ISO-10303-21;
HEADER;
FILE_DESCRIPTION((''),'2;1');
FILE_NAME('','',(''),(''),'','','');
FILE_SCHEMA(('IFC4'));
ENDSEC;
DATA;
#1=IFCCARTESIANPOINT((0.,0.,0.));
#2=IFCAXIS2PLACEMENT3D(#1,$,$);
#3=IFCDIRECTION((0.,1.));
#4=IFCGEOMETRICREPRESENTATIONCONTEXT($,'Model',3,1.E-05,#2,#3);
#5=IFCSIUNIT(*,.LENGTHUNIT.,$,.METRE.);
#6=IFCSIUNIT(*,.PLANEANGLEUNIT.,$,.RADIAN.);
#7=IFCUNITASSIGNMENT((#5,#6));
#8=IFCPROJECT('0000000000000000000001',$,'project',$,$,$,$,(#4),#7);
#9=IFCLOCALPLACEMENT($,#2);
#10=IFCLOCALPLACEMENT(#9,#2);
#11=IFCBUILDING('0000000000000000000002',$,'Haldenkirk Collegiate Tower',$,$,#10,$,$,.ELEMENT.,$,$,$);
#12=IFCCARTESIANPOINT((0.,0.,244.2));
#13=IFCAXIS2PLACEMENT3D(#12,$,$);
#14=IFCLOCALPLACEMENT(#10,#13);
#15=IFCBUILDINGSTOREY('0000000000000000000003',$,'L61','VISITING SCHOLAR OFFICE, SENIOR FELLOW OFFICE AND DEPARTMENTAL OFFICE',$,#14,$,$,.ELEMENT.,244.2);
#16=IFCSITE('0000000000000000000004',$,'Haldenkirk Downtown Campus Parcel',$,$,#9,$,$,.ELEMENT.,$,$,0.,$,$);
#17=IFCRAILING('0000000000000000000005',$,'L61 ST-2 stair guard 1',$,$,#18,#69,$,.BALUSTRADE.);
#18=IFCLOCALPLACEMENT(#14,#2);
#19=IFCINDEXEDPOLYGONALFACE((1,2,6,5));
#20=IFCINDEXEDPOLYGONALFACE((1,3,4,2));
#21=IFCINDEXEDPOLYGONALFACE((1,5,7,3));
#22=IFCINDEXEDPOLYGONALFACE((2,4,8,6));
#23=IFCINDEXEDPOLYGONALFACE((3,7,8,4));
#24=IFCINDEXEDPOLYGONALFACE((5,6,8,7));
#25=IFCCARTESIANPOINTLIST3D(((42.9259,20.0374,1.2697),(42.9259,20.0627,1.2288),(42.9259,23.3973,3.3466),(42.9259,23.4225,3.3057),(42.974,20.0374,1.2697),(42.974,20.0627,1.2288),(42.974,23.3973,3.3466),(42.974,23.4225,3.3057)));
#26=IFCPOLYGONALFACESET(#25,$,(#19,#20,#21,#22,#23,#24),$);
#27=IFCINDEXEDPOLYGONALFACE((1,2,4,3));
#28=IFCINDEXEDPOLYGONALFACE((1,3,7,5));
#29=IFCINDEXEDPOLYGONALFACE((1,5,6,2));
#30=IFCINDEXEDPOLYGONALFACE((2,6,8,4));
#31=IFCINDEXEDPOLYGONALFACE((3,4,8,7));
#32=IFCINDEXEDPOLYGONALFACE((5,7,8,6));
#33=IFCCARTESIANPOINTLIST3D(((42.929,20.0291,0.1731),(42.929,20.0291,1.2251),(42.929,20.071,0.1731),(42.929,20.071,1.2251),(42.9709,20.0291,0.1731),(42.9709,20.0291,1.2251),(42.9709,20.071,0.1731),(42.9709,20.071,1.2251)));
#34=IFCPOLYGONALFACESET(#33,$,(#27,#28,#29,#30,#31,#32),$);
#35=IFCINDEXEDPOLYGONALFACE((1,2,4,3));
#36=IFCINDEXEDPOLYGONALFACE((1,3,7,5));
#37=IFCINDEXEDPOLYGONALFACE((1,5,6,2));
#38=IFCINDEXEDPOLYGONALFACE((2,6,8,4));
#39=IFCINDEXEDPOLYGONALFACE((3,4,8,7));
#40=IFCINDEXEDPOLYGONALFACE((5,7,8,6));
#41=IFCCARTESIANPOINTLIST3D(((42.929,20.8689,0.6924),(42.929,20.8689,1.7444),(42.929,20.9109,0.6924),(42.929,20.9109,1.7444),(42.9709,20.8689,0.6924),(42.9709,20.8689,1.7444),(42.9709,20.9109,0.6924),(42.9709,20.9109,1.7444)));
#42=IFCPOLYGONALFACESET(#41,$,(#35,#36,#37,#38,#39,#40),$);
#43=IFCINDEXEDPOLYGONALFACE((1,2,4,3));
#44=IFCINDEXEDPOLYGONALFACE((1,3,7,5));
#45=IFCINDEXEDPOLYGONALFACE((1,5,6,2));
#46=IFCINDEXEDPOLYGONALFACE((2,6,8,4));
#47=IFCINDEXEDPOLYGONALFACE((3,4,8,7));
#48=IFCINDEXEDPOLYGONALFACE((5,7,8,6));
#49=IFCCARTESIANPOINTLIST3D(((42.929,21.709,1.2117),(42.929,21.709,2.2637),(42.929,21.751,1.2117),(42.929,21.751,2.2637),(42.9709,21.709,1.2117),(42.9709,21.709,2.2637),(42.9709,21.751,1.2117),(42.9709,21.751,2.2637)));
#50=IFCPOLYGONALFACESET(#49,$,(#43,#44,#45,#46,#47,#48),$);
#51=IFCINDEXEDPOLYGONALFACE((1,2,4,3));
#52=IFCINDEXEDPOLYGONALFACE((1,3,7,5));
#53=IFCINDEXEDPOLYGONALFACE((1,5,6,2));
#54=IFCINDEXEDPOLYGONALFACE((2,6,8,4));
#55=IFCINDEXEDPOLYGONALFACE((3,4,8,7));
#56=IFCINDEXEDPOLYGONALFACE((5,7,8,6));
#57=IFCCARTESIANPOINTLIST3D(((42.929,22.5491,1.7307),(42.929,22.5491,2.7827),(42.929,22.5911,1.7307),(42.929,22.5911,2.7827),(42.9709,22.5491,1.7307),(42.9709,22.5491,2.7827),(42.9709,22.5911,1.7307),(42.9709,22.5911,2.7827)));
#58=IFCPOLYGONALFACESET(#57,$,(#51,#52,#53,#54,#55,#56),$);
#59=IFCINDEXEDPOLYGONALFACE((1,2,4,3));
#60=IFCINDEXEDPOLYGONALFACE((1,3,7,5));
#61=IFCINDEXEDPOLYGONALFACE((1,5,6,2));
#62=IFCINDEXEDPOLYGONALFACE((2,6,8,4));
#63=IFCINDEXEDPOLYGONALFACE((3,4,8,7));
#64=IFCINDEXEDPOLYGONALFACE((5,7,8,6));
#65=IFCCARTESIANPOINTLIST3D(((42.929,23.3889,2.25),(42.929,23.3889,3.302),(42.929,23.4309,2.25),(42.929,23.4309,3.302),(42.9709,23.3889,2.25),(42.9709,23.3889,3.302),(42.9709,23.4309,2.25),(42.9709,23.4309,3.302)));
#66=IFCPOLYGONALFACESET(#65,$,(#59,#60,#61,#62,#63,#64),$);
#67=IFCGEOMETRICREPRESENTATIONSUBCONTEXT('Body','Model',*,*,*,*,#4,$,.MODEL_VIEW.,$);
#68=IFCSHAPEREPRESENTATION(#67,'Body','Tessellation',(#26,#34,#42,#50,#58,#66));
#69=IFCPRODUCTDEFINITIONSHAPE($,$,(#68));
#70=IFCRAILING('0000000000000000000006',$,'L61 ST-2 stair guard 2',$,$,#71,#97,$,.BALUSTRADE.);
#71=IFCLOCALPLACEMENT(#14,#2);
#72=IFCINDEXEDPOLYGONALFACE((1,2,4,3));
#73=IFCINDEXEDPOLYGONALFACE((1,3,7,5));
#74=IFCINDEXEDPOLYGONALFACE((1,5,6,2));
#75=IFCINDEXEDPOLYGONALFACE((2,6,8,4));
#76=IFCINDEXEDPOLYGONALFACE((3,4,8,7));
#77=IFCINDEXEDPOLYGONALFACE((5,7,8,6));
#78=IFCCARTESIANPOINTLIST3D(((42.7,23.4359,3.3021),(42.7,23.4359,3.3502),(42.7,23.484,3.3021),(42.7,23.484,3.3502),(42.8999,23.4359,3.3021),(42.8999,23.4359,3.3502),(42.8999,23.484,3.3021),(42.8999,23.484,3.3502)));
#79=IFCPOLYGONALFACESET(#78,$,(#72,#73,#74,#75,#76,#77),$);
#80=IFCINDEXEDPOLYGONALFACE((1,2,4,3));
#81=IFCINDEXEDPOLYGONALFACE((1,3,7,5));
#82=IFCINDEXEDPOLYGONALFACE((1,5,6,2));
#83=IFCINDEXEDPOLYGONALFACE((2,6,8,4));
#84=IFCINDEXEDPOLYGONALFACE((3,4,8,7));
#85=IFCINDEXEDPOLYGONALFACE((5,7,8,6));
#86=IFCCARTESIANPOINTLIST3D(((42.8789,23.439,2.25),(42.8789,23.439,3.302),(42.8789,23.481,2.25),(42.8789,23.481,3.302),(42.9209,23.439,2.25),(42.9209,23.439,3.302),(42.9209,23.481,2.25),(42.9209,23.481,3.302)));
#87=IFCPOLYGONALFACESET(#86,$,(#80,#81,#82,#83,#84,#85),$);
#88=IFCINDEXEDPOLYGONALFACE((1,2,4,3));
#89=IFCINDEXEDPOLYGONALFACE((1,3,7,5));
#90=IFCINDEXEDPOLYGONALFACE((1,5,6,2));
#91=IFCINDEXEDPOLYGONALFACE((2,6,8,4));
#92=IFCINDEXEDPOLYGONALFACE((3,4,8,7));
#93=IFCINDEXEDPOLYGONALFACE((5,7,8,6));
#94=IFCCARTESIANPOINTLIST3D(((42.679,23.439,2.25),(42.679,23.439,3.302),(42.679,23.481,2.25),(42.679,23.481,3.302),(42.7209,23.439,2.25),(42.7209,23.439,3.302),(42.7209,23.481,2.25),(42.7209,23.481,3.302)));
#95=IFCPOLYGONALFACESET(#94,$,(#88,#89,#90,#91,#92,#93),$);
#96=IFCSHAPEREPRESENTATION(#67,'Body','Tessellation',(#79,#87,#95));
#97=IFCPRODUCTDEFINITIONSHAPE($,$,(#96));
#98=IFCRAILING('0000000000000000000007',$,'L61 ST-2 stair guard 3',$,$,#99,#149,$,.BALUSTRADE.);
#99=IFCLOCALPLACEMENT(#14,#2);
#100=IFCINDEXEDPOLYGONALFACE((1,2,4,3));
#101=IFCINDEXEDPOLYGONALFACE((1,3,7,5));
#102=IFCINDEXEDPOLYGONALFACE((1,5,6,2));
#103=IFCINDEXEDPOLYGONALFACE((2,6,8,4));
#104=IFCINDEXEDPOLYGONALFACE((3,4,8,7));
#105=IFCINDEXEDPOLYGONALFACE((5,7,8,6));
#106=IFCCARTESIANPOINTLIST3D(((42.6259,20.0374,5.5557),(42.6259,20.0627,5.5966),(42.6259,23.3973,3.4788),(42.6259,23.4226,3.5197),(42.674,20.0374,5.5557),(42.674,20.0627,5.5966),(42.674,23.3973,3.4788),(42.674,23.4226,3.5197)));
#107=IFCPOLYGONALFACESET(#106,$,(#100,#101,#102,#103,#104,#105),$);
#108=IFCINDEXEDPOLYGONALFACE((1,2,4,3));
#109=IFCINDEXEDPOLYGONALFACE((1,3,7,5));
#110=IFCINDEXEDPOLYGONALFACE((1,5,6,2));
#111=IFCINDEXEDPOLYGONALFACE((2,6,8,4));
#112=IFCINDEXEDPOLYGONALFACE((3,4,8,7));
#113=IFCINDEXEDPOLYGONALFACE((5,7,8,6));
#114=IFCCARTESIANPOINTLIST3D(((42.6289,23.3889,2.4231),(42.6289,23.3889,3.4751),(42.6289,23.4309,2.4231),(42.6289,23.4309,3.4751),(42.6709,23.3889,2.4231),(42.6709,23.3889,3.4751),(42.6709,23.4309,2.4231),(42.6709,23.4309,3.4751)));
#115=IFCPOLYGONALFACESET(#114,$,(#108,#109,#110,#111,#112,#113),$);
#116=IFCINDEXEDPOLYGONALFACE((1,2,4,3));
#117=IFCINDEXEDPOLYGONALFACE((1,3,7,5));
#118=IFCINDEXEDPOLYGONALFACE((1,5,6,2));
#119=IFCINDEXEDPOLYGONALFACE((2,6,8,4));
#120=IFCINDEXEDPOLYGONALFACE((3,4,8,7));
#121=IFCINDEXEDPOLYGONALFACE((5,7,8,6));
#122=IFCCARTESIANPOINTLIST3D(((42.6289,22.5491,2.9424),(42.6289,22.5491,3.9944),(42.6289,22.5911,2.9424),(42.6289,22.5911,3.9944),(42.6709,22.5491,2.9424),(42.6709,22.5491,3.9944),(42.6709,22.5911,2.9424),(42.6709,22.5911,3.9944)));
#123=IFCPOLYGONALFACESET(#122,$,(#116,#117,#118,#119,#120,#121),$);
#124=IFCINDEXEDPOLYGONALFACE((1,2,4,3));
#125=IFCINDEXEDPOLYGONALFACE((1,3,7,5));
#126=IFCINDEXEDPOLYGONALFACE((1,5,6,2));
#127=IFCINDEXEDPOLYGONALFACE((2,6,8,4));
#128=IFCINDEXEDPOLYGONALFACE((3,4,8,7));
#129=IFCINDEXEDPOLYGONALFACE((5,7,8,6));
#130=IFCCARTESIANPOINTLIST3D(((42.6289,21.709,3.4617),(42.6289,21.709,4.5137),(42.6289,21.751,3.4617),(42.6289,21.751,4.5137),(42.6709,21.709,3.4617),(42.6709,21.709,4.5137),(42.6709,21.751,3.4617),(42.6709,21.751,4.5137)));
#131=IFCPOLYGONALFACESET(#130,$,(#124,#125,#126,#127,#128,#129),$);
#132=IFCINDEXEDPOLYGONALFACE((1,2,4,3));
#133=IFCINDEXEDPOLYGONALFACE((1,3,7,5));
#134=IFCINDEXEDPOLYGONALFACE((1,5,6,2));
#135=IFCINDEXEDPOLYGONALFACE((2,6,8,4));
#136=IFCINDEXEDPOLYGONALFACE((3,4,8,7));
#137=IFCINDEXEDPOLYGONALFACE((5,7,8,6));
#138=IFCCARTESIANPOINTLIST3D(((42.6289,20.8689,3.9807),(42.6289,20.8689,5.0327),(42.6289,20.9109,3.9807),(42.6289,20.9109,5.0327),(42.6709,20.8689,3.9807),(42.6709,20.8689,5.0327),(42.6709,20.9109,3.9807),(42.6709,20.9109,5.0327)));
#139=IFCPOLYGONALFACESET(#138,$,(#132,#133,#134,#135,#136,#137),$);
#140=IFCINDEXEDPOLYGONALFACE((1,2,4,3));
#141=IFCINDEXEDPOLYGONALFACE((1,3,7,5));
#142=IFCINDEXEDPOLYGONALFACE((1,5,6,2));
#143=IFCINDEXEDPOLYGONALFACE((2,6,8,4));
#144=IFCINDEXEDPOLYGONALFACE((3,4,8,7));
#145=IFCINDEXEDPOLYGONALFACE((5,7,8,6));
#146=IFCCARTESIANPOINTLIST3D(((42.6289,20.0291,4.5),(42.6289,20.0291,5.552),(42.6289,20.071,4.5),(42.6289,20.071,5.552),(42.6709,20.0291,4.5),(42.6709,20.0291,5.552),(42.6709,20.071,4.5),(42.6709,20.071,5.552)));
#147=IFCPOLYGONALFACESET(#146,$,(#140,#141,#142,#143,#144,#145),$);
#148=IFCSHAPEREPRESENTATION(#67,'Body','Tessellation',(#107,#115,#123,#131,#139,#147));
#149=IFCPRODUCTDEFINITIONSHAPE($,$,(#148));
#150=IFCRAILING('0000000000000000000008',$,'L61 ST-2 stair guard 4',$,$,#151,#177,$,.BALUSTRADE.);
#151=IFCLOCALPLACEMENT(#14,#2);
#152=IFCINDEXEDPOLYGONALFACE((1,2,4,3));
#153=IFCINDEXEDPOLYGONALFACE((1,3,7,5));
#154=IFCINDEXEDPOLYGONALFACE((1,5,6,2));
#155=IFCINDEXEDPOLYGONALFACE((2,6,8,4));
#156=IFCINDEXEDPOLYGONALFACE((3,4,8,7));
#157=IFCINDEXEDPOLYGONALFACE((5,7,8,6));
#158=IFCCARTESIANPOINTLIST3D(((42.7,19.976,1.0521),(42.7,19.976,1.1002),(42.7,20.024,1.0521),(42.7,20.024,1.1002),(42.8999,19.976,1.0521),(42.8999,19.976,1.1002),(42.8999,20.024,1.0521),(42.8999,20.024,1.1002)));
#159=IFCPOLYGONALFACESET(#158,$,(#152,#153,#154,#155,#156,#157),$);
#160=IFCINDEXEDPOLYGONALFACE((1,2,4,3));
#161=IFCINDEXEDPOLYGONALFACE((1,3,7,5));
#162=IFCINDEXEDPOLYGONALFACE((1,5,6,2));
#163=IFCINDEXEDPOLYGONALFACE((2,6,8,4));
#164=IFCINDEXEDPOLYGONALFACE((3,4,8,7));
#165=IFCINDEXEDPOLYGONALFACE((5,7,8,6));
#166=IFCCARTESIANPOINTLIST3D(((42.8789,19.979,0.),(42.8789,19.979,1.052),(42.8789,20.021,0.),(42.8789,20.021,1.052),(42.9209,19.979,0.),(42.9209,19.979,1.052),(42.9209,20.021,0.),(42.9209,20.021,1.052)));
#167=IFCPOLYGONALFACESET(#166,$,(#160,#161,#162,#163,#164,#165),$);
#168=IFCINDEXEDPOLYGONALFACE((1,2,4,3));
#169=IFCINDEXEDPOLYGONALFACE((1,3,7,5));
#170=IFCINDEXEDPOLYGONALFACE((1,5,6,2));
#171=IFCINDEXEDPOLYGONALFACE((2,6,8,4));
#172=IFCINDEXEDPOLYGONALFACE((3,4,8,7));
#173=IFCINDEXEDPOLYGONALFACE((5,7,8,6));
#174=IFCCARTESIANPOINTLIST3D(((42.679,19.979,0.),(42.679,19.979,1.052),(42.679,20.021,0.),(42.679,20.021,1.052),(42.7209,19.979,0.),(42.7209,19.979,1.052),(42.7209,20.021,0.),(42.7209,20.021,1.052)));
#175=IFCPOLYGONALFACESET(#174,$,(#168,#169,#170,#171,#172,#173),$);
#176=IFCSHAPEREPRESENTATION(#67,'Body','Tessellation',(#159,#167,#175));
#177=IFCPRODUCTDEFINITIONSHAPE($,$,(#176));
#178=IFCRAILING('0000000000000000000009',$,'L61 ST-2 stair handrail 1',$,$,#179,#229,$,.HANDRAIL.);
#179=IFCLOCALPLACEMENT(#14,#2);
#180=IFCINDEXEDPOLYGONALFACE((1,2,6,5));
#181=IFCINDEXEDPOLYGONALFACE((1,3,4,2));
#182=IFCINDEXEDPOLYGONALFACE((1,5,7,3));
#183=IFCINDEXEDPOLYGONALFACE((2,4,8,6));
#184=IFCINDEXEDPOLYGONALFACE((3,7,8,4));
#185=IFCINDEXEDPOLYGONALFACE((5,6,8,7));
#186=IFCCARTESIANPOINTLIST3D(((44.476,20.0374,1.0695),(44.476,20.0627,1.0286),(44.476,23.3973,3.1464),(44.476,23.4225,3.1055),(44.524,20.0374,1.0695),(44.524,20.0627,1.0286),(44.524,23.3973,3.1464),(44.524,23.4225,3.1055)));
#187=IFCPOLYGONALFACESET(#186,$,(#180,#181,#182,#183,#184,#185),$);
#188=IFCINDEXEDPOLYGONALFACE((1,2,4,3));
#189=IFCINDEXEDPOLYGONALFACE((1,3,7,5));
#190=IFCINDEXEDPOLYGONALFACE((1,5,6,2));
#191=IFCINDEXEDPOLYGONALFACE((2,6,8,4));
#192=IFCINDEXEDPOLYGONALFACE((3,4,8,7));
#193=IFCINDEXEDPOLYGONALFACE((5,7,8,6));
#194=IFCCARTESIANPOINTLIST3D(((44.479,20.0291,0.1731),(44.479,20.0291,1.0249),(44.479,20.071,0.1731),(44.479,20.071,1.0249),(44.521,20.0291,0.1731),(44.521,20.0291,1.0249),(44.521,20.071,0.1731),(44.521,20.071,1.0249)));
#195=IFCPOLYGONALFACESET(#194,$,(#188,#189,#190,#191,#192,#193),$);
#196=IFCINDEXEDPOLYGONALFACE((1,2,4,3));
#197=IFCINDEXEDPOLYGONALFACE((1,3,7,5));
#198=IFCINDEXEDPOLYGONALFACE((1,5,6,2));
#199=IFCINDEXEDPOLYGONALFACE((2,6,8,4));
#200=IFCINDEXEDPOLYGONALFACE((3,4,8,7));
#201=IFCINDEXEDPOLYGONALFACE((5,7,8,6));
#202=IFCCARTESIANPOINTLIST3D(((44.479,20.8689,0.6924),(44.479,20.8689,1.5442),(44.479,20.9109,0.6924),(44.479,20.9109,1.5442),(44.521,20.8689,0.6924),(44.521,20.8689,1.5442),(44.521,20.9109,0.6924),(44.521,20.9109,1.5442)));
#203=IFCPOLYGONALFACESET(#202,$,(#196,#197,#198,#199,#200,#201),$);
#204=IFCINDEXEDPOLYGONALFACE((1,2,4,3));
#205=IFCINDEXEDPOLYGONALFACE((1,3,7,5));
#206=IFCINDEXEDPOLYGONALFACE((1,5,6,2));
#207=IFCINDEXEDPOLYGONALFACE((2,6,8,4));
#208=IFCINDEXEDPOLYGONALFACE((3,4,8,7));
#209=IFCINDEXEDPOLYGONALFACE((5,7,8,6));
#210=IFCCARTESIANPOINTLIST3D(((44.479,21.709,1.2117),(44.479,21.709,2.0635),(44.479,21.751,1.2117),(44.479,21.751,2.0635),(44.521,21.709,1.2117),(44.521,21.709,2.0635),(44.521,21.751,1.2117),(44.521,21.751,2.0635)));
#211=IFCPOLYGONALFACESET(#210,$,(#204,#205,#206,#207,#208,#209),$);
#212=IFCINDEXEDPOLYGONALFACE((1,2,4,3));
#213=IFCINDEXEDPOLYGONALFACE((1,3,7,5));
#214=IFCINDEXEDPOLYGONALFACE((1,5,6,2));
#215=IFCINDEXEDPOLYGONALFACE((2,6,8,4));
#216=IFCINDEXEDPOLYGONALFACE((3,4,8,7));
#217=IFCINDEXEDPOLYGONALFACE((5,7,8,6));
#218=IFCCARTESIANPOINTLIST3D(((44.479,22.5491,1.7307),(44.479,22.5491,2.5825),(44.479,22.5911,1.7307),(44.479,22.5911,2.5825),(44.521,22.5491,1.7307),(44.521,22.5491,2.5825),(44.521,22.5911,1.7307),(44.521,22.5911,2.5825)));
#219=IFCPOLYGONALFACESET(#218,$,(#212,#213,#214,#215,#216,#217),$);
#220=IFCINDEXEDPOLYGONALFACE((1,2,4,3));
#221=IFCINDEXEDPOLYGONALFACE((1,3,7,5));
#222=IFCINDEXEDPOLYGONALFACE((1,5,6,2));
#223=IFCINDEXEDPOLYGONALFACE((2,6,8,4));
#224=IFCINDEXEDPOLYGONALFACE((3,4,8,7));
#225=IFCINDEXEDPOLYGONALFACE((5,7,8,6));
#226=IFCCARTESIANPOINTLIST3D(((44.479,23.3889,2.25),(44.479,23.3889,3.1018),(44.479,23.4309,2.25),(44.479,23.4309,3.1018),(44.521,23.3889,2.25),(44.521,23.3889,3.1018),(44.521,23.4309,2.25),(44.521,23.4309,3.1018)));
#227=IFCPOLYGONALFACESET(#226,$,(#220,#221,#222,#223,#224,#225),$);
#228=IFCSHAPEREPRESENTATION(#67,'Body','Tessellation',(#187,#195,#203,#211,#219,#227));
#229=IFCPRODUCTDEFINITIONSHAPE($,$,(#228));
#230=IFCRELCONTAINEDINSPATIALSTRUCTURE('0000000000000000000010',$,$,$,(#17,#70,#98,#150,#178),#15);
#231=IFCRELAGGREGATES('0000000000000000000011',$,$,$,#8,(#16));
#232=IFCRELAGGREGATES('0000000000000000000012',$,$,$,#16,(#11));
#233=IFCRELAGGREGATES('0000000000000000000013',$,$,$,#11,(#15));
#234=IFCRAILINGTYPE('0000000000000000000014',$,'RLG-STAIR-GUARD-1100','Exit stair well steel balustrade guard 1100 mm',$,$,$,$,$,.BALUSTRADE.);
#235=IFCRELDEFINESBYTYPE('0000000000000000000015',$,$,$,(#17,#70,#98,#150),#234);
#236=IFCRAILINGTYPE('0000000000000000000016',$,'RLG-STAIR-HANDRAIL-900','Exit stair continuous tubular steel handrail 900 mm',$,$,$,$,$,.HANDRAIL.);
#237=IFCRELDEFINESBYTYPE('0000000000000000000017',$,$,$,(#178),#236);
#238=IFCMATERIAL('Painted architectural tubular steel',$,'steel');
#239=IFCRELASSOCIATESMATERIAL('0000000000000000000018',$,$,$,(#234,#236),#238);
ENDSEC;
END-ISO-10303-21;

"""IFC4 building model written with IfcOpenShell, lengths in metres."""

from ifc_helpers import new_model, si_unit, direction, frame, origin, origin_2d, place, context, subcontext, project, spatial, rectangle, extrude, material, type_object, element, save


model = new_model("IFC4")

# Units and contexts
model_context = context("Model", 3, precision=1e-05, world=origin(), true_north=direction((0.0, 1.0)))
body_context = subcontext(model_context, "Body", "Model", "MODEL_VIEW")
ifc_project = project(units=[si_unit("LENGTHUNIT", "METRE"), si_unit("PLANEANGLEUNIT", "RADIAN")], contexts=[model_context])

# Site, building, storey
site_placement = place(None, origin())
site = spatial("IfcSite", under=ifc_project, at=site_placement, Name="Haldenkirk Downtown Campus Parcel", CompositionType="ELEMENT", RefElevation=0.0)
building_placement = place(site_placement, origin())
building = spatial("IfcBuilding", under=site, at=building_placement, Name="Haldenkirk Collegiate Tower", CompositionType="ELEMENT")
storey_placement = place(building_placement, frame((0.0, 0.0, 244.2)))
storey = spatial("IfcBuildingStorey", under=building, at=storey_placement, Name="L61", Description="VISITING SCHOLAR OFFICE, SENIOR FELLOW OFFICE AND DEPARTMENTAL OFFICE", CompositionType="ELEMENT", Elevation=244.2)

# Railings
ifc_material_1 = material(Name="Painted architectural tubular steel", Category="steel")
railing_type_1 = type_object("IfcRailingType", Name="RLG-STAIR-GUARD-1100", Description="Exit stair well steel balustrade guard 1100 mm", PredefinedType="BALUSTRADE", material=ifc_material_1)
railing_1_placement = place(storey_placement, frame((42.95, 20.05, 0.1731)))
element("IfcRailing", 1, at=railing_1_placement, inside=storey, type_object=railing_type_1, Name="L61 ST-2 stair guard 1", PredefinedType="BALUSTRADE", context=body_context, shape_type="SweptSolid", body=[
    extrude(rectangle(XDim=0.0481, YDim=0.0481, at=origin_2d()), frame((0.0, 0.0, 1.0762), z_axis=(0.0, 0.850606, 0.525803), x_axis=(-1.0, 0.0, 0.0)), (0.0, 0.0, 1.0), 3.95),
    extrude(rectangle(XDim=0.042, YDim=0.042, at=origin_2d()), origin(), (0.0, 0.0, 1.0), 1.052),
    extrude(rectangle(XDim=0.042, YDim=0.042, at=origin_2d()), frame((0.0, 0.8398, 0.5193)), (0.0, 0.0, 1.0), 1.052),
    extrude(rectangle(XDim=0.042, YDim=0.042, at=origin_2d()), frame((0.0, 1.6799, 1.0386)), (0.0, 0.0, 1.0), 1.052),
    extrude(rectangle(XDim=0.042, YDim=0.042, at=origin_2d()), frame((0.0, 2.52, 1.5576)), (0.0, 0.0, 1.0), 1.052),
    extrude(rectangle(XDim=0.042, YDim=0.042, at=origin_2d()), frame((0.0, 3.3599, 2.0769)), (0.0, 0.0, 1.0), 1.052),
])
railing_2_placement = place(storey_placement, frame((42.8999, 23.46, 2.25)))
element("IfcRailing", 2, at=railing_2_placement, inside=storey, type_object=railing_type_1, Name="L61 ST-2 stair guard 2", PredefinedType="BALUSTRADE", context=body_context, shape_type="SweptSolid", body=[
    extrude(rectangle(XDim=0.0481, YDim=0.0481, at=origin_2d()), frame((0.0, 0.0, 1.0762), z_axis=(-1.0, 0.0, 0.0), x_axis=(0.0, -1.0, 0.0)), (0.0, 0.0, 1.0), 0.2),
    extrude(rectangle(XDim=0.042, YDim=0.042, at=origin_2d()), origin(), (0.0, 0.0, 1.0), 1.052),
    extrude(rectangle(XDim=0.042, YDim=0.042, at=origin_2d()), frame((-0.2, 0.0, 0.0)), (0.0, 0.0, 1.0), 1.052),
])
railing_3_placement = place(storey_placement, frame((42.6499, 23.4099, 2.4231)))
element("IfcRailing", 3, at=railing_3_placement, inside=storey, type_object=railing_type_1, Name="L61 ST-2 stair guard 3", PredefinedType="BALUSTRADE", context=body_context, shape_type="SweptSolid", body=[
    extrude(rectangle(XDim=0.0481, YDim=0.0481, at=origin_2d()), frame((0.0, 0.0, 1.0762), z_axis=(0.0, -0.850606, 0.525803), x_axis=(1.0, 0.0, 0.0)), (0.0, 0.0, 1.0), 3.95),
    extrude(rectangle(XDim=0.042, YDim=0.042, at=origin_2d()), origin(), (0.0, 0.0, 1.0), 1.052),
    extrude(rectangle(XDim=0.042, YDim=0.042, at=origin_2d()), frame((0.0, -0.8398, 0.5193)), (0.0, 0.0, 1.0), 1.052),
    extrude(rectangle(XDim=0.042, YDim=0.042, at=origin_2d()), frame((0.0, -1.6799, 1.0386)), (0.0, 0.0, 1.0), 1.052),
    extrude(rectangle(XDim=0.042, YDim=0.042, at=origin_2d()), frame((0.0, -2.52, 1.5576)), (0.0, 0.0, 1.0), 1.052),
    extrude(rectangle(XDim=0.042, YDim=0.042, at=origin_2d()), frame((0.0, -3.3599, 2.0769)), (0.0, 0.0, 1.0), 1.052),
])
railing_4_placement = place(storey_placement, frame((42.8999, 20.0, 0.0)))
element("IfcRailing", 4, at=railing_4_placement, inside=storey, type_object=railing_type_1, Name="L61 ST-2 stair guard 4", PredefinedType="BALUSTRADE", context=body_context, shape_type="SweptSolid", body=[
    extrude(rectangle(XDim=0.0481, YDim=0.0481, at=origin_2d()), frame((0.0, 0.0, 1.0762), z_axis=(-1.0, 0.0, 0.0), x_axis=(0.0, -1.0, 0.0)), (0.0, 0.0, 1.0), 0.2),
    extrude(rectangle(XDim=0.042, YDim=0.042, at=origin_2d()), origin(), (0.0, 0.0, 1.0), 1.052),
    extrude(rectangle(XDim=0.042, YDim=0.042, at=origin_2d()), frame((-0.2, 0.0, 0.0)), (0.0, 0.0, 1.0), 1.052),
])
railing_type_2 = type_object("IfcRailingType", Name="RLG-STAIR-HANDRAIL-900", Description="Exit stair continuous tubular steel handrail 900 mm", PredefinedType="HANDRAIL", material=ifc_material_1)
railing_5_placement = place(storey_placement, frame((44.5, 20.05, 0.1731)))
element("IfcRailing", 5, at=railing_5_placement, inside=storey, type_object=railing_type_2, Name="L61 ST-2 stair handrail 1", PredefinedType="HANDRAIL", context=body_context, shape_type="SweptSolid", body=[
    extrude(rectangle(XDim=0.0481, YDim=0.0481, at=origin_2d()), frame((0.0, 0.0, 0.876), z_axis=(0.0, 0.850606, 0.525803), x_axis=(-1.0, 0.0, 0.0)), (0.0, 0.0, 1.0), 3.95),
    extrude(rectangle(XDim=0.042, YDim=0.042, at=origin_2d()), origin(), (0.0, 0.0, 1.0), 0.8518),
    extrude(rectangle(XDim=0.042, YDim=0.042, at=origin_2d()), frame((0.0, 0.8398, 0.5193)), (0.0, 0.0, 1.0), 0.8518),
    extrude(rectangle(XDim=0.042, YDim=0.042, at=origin_2d()), frame((0.0, 1.6799, 1.0386)), (0.0, 0.0, 1.0), 0.8518),
    extrude(rectangle(XDim=0.042, YDim=0.042, at=origin_2d()), frame((0.0, 2.52, 1.5576)), (0.0, 0.0, 1.0), 0.8518),
    extrude(rectangle(XDim=0.042, YDim=0.042, at=origin_2d()), frame((0.0, 3.3599, 2.0769)), (0.0, 0.0, 1.0), 0.8518),
])

save(model, "model.ifc")
